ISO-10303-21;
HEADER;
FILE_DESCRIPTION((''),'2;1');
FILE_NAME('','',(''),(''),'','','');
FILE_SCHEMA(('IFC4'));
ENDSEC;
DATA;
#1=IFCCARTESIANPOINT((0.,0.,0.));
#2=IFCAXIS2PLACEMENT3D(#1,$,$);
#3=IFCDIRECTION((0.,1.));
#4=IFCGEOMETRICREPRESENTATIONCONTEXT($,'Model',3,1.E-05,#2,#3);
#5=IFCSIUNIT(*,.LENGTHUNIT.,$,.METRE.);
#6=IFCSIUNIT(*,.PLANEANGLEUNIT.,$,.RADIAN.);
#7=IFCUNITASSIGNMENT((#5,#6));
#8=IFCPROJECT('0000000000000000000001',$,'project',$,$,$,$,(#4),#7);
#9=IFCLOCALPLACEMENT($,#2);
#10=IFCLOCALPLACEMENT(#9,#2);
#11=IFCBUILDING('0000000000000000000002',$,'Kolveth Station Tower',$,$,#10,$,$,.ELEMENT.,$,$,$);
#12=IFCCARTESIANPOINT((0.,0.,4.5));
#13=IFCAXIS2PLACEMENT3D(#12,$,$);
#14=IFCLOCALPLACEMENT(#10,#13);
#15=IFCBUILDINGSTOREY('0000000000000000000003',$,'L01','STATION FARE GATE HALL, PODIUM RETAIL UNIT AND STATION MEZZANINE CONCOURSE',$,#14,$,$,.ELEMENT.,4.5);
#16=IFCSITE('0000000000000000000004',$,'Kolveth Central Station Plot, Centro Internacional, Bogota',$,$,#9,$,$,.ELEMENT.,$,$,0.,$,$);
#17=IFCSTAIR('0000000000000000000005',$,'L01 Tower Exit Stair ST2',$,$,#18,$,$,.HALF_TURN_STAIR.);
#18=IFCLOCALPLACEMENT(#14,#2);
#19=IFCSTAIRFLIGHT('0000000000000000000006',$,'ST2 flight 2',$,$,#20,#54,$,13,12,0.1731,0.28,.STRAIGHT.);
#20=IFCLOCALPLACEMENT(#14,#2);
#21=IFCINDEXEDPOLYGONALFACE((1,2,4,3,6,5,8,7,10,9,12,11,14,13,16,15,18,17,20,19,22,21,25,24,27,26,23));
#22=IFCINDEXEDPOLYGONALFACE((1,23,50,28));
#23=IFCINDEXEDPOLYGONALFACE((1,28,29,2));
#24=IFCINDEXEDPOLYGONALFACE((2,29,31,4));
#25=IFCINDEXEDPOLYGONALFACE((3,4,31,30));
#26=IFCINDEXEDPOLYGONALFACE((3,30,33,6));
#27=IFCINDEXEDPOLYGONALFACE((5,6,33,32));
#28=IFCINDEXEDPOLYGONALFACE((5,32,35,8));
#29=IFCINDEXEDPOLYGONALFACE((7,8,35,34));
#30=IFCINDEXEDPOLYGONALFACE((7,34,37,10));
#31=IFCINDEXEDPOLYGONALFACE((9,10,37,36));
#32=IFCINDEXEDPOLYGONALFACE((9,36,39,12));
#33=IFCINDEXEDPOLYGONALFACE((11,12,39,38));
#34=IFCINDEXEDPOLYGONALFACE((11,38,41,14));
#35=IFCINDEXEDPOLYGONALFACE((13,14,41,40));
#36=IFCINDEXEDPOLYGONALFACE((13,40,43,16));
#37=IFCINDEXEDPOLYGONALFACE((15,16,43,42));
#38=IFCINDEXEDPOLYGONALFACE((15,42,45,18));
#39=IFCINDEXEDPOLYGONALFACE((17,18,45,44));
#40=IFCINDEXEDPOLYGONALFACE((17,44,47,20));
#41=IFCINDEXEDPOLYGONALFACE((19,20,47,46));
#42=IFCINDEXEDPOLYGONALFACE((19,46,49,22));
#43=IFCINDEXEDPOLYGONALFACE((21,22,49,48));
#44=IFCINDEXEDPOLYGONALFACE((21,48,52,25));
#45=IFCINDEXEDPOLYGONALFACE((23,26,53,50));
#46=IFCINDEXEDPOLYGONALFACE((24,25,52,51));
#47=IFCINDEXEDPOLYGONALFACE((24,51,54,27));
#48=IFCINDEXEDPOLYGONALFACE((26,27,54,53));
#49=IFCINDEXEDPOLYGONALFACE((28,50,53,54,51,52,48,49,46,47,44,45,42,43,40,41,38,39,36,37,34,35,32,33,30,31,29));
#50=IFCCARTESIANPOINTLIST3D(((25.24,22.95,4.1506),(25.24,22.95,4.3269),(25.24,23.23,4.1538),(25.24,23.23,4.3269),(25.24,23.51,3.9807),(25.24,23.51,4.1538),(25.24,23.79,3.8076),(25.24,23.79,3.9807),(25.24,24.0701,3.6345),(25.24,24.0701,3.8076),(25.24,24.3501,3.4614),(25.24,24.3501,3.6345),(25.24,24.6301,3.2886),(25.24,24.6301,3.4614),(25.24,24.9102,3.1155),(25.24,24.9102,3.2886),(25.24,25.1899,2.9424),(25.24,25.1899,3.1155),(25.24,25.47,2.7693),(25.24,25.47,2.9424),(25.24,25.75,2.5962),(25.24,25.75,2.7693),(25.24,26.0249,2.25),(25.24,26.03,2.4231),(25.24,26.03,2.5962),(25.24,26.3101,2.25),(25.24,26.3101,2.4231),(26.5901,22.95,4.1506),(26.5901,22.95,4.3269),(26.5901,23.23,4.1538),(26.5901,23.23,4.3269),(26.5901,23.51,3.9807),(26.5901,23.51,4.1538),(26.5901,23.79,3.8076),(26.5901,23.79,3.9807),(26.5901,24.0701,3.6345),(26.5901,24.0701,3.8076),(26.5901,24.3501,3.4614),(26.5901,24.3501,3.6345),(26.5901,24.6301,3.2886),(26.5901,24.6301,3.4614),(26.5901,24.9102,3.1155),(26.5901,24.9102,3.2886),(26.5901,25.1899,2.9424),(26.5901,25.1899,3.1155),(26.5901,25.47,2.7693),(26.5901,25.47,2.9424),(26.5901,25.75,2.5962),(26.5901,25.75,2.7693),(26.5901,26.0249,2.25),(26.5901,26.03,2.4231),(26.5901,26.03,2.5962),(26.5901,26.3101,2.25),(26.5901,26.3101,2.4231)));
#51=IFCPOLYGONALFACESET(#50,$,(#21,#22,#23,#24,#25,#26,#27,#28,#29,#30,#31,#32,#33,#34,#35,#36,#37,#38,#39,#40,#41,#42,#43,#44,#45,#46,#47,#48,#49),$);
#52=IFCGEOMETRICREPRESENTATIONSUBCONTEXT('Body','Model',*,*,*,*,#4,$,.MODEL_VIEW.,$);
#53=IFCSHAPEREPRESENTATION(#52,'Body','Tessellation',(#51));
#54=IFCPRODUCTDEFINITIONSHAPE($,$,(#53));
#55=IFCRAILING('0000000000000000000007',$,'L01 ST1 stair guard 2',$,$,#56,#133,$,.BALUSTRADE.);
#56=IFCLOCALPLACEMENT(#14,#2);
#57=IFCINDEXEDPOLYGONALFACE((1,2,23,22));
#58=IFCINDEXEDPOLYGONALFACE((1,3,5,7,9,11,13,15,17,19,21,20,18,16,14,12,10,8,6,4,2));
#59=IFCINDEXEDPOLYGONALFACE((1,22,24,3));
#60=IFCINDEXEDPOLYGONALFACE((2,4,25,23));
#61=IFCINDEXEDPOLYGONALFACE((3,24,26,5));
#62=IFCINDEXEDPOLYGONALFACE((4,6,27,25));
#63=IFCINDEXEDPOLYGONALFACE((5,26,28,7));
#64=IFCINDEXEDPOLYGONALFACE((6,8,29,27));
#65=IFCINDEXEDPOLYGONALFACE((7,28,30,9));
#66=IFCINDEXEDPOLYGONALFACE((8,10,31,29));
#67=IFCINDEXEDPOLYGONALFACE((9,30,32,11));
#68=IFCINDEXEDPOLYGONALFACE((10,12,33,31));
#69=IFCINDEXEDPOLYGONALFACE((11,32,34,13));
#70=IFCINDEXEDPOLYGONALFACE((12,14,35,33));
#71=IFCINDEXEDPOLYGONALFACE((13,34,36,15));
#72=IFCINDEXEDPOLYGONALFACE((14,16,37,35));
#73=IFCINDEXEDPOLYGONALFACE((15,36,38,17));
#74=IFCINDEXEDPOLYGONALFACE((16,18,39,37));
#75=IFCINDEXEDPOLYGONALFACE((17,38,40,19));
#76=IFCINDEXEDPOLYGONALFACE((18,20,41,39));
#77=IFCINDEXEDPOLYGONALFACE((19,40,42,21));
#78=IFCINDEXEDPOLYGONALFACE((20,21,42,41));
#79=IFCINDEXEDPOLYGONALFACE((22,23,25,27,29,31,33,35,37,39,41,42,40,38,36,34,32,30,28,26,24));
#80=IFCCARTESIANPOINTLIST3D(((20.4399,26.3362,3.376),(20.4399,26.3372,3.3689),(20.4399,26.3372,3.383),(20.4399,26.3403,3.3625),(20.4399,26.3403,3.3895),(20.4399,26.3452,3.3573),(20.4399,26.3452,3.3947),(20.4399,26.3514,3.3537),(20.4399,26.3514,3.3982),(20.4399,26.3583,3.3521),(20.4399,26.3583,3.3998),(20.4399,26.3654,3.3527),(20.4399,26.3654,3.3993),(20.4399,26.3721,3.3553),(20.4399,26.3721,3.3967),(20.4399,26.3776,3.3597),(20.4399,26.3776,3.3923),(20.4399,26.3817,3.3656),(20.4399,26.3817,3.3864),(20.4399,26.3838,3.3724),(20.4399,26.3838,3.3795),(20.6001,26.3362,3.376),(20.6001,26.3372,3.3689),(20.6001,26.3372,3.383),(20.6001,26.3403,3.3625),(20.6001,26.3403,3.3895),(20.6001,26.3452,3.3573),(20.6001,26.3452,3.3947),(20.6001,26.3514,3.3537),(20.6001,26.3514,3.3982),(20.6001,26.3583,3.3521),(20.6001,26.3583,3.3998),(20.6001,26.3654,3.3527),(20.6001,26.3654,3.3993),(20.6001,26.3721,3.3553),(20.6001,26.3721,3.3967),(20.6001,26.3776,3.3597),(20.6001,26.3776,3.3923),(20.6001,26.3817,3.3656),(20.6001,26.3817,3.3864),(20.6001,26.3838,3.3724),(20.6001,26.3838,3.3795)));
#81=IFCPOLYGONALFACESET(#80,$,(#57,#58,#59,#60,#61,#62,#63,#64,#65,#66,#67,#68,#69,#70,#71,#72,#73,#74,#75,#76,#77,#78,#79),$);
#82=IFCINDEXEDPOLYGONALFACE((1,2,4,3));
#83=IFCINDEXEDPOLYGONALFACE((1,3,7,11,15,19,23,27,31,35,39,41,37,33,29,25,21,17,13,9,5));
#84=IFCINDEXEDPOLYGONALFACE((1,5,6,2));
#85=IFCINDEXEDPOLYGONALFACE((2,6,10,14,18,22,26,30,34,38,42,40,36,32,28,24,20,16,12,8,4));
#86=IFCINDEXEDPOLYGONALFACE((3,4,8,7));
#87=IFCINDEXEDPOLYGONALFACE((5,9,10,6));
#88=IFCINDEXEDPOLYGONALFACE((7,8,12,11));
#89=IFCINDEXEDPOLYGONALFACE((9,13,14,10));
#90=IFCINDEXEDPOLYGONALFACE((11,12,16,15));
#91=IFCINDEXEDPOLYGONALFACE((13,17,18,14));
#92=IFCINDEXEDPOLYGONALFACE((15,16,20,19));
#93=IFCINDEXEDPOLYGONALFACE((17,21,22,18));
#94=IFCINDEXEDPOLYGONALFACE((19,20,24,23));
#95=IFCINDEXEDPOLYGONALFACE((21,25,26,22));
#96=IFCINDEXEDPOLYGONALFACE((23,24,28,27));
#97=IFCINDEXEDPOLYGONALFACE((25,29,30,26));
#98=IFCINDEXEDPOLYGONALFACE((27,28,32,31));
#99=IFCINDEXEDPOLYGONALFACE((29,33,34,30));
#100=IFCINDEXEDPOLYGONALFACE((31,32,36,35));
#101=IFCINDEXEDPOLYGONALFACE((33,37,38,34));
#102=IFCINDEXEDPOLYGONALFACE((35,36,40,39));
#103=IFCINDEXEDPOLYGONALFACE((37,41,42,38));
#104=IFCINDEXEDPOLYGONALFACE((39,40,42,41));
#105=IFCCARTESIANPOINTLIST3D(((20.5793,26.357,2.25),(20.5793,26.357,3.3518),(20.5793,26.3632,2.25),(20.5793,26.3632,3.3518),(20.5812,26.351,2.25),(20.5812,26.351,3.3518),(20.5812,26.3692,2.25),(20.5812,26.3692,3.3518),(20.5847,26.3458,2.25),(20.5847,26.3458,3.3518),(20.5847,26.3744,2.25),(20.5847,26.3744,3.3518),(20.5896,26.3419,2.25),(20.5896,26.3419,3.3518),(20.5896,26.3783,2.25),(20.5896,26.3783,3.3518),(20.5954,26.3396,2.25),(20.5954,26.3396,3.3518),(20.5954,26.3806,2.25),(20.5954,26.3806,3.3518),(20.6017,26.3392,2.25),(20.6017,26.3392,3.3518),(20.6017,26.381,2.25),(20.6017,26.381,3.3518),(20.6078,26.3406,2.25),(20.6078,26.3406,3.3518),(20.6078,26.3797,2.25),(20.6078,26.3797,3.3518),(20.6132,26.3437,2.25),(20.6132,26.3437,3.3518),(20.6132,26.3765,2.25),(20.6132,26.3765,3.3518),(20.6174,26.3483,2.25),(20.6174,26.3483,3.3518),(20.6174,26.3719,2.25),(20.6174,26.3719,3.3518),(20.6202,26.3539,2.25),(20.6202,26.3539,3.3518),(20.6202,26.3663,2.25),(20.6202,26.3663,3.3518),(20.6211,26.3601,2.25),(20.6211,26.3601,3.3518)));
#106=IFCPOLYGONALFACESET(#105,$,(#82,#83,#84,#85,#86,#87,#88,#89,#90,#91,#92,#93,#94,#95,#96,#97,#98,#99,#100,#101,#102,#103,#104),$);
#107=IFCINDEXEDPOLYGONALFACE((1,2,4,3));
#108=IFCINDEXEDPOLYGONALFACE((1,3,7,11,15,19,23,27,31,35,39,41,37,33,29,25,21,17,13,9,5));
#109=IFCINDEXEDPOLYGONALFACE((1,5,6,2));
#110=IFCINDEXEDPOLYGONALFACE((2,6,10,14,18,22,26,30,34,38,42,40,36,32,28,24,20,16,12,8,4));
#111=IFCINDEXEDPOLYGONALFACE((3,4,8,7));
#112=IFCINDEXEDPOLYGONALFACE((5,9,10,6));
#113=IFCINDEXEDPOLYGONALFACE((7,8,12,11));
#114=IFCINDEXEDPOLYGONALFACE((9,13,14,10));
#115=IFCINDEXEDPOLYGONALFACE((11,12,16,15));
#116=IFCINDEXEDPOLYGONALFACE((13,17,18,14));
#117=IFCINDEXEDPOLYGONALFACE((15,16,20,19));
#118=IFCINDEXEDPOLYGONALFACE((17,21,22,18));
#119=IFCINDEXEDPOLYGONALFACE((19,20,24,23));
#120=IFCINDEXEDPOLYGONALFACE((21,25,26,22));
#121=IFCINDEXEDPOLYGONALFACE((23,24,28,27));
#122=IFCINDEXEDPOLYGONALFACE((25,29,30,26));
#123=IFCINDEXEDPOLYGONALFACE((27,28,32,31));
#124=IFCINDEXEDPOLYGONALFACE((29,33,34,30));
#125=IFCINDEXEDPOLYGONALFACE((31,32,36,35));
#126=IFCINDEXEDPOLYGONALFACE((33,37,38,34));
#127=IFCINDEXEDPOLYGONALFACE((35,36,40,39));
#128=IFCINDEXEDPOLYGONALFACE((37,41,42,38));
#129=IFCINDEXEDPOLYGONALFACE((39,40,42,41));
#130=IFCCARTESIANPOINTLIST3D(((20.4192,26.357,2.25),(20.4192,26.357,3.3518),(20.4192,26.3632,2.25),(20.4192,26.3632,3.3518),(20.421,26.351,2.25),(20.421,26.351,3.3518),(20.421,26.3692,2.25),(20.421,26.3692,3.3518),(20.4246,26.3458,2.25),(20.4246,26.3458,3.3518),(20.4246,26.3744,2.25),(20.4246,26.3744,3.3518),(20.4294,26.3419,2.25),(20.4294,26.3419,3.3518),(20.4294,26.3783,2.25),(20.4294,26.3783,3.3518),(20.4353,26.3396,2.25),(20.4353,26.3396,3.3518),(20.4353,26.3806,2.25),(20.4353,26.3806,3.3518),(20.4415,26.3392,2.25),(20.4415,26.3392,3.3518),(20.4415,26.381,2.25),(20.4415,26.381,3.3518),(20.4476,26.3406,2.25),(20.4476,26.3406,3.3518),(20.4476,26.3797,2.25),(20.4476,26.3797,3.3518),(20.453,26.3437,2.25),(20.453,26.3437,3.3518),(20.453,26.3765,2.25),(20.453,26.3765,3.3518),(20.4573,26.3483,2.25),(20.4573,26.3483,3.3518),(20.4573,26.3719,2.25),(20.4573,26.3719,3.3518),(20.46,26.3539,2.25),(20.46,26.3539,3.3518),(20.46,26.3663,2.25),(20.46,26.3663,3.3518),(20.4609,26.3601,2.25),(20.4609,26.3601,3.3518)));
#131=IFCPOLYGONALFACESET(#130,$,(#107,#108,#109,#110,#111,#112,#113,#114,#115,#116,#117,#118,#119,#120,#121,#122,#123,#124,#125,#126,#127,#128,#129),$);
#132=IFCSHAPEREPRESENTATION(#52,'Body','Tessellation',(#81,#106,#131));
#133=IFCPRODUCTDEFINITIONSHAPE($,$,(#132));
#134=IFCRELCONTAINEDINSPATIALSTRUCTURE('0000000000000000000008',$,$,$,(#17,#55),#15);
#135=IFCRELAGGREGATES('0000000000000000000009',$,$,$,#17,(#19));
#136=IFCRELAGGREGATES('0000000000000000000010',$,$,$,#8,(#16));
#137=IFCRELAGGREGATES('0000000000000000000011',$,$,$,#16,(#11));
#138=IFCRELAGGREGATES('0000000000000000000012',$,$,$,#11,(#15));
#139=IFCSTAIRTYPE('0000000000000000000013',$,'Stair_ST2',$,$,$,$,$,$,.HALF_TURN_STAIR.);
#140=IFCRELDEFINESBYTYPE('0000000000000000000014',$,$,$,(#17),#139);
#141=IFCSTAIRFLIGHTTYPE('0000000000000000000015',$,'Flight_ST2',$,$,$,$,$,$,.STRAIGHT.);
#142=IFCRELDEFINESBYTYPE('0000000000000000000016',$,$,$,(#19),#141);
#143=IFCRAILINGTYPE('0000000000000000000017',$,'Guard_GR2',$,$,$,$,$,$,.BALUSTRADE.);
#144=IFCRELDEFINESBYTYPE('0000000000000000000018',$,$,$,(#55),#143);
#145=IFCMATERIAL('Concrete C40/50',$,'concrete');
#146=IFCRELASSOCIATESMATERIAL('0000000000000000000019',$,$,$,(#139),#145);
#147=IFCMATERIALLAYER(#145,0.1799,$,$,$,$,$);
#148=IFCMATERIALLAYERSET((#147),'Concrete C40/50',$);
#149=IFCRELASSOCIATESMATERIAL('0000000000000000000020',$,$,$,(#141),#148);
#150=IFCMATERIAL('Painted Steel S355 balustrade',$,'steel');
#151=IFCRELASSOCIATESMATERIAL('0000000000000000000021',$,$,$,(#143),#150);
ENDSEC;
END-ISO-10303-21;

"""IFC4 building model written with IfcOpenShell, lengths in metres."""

from ifc_helpers import new_model, si_unit, direction, frame, origin, origin_2d, place, context, subcontext, project, spatial, polyline, circle, outline, extrude, material, layer, layer_set, type_object, element, aggregate, save


model = new_model("IFC4")

# Units and contexts
model_context = context("Model", 3, precision=1e-05, world=origin(), true_north=direction((0.0, 1.0)))
body_context = subcontext(model_context, "Body", "Model", "MODEL_VIEW")
ifc_project = project(units=[si_unit("LENGTHUNIT", "METRE"), si_unit("PLANEANGLEUNIT", "RADIAN")], contexts=[model_context])

# Site, building, storey
site_placement = place(None, origin())
site = spatial("IfcSite", under=ifc_project, at=site_placement, Name="Kolveth Central Station Plot, Centro Internacional, Bogota", CompositionType="ELEMENT", RefElevation=0.0)
building_placement = place(site_placement, origin())
building = spatial("IfcBuilding", under=site, at=building_placement, Name="Kolveth Station Tower", CompositionType="ELEMENT")
storey_placement = place(building_placement, frame((0.0, 0.0, 4.5)))
storey = spatial("IfcBuildingStorey", under=building, at=storey_placement, Name="L01", Description="STATION FARE GATE HALL, PODIUM RETAIL UNIT AND STATION MEZZANINE CONCOURSE", CompositionType="ELEMENT", Elevation=4.5)

# Stair, stair flight
ifc_material_1 = material(Name="Concrete C40/50", Category="concrete")
stair_type_1 = type_object("IfcStairType", Name="Stair_ST2", PredefinedType="HALF_TURN_STAIR", material=ifc_material_1)
stair_1_placement = place(storey_placement, origin())
stair_1 = element("IfcStair", 1, at=stair_1_placement, inside=storey, type_object=stair_type_1, Name="L01 Tower Exit Stair ST2", PredefinedType="HALF_TURN_STAIR")
ifc_layer_1 = layer(ifc_material_1, 0.1799)
ifc_layer_set_1 = layer_set([ifc_layer_1], Name="Concrete C40/50")
stair_flight_type_1 = type_object("IfcStairFlightType", Name="Flight_ST2", PredefinedType="STRAIGHT", material=ifc_layer_set_1)
stair_flight_1_placement = place(storey_placement, frame((25.915, 26.3101, 2.25), z_axis=(0.0, 0.0, 1.0), x_axis=(0.0, -1.0, 0.0)))
stair_flight_1 = element("IfcStairFlight", 2, at=stair_flight_1_placement, type_object=stair_flight_type_1, Name="ST2 flight 2", NumberOfRisers=13, NumberOfTreads=12, PredefinedType="STRAIGHT", RiserHeight=0.1731, TreadLength=0.28, context=body_context, shape_type="SweptSolid", body=[
    extrude(outline(polyline([(0.0, 0.0), (0.0, 0.1731), (0.28, 0.1731), (0.28, 0.3462), (0.5601, 0.3462), (0.5601, 0.5193), (0.8401, 0.5193), (0.8401, 0.6924), (1.1201, 0.6924), (1.1201, 0.8655), (1.3999, 0.8655), (1.3999, 1.0386), (1.6799, 1.0386), (1.6799, 1.2114), (1.96, 1.2114), (1.96, 1.3845), (2.24, 1.3845), (2.24, 1.5576), (2.52, 1.5576), (2.52, 1.7307), (2.8, 1.7307), (2.8, 1.9038), (3.0801, 1.9038), (3.0801, 2.0769), (3.3601, 2.0769), (3.3601, 2.25), (3.3601, 1.9006), (0.2852, 0.0), (0.0, 0.0)])), frame((0.0, 0.675, 0.0), z_axis=(0.0, -1.0, 0.0), x_axis=(1.0, 0.0, 0.0)), (0.0, 0.0, 1.0), 1.3501),
])
aggregate(stair_1, [stair_flight_1])

# Railing
ifc_material_2 = material(Name="Painted Steel S355 balustrade", Category="steel")
railing_type_1 = type_object("IfcRailingType", Name="Guard_GR2", PredefinedType="BALUSTRADE", material=ifc_material_2)
railing_1_placement = place(storey_placement, frame((20.6001, 26.3601, 2.25)))
element("IfcRailing", 3, at=railing_1_placement, inside=storey, type_object=railing_type_1, Name="L01 ST1 stair guard 2", PredefinedType="BALUSTRADE", context=body_context, shape_type="SweptSolid", body=[
    extrude(circle(Radius=0.0239, at=origin_2d()), frame((0.0, 0.0, 1.126), z_axis=(-1.0, 0.0, 0.0), x_axis=(0.0, -1.0, 0.0)), (0.0, 0.0, 1.0), 0.1602),
    extrude(circle(Radius=0.021, at=origin_2d()), origin(), (0.0, 0.0, 1.0), 1.1018),
    extrude(circle(Radius=0.021, at=origin_2d()), frame((-0.1602, 0.0, 0.0)), (0.0, 0.0, 1.0), 1.1018),
])

save(model, "model.ifc")
